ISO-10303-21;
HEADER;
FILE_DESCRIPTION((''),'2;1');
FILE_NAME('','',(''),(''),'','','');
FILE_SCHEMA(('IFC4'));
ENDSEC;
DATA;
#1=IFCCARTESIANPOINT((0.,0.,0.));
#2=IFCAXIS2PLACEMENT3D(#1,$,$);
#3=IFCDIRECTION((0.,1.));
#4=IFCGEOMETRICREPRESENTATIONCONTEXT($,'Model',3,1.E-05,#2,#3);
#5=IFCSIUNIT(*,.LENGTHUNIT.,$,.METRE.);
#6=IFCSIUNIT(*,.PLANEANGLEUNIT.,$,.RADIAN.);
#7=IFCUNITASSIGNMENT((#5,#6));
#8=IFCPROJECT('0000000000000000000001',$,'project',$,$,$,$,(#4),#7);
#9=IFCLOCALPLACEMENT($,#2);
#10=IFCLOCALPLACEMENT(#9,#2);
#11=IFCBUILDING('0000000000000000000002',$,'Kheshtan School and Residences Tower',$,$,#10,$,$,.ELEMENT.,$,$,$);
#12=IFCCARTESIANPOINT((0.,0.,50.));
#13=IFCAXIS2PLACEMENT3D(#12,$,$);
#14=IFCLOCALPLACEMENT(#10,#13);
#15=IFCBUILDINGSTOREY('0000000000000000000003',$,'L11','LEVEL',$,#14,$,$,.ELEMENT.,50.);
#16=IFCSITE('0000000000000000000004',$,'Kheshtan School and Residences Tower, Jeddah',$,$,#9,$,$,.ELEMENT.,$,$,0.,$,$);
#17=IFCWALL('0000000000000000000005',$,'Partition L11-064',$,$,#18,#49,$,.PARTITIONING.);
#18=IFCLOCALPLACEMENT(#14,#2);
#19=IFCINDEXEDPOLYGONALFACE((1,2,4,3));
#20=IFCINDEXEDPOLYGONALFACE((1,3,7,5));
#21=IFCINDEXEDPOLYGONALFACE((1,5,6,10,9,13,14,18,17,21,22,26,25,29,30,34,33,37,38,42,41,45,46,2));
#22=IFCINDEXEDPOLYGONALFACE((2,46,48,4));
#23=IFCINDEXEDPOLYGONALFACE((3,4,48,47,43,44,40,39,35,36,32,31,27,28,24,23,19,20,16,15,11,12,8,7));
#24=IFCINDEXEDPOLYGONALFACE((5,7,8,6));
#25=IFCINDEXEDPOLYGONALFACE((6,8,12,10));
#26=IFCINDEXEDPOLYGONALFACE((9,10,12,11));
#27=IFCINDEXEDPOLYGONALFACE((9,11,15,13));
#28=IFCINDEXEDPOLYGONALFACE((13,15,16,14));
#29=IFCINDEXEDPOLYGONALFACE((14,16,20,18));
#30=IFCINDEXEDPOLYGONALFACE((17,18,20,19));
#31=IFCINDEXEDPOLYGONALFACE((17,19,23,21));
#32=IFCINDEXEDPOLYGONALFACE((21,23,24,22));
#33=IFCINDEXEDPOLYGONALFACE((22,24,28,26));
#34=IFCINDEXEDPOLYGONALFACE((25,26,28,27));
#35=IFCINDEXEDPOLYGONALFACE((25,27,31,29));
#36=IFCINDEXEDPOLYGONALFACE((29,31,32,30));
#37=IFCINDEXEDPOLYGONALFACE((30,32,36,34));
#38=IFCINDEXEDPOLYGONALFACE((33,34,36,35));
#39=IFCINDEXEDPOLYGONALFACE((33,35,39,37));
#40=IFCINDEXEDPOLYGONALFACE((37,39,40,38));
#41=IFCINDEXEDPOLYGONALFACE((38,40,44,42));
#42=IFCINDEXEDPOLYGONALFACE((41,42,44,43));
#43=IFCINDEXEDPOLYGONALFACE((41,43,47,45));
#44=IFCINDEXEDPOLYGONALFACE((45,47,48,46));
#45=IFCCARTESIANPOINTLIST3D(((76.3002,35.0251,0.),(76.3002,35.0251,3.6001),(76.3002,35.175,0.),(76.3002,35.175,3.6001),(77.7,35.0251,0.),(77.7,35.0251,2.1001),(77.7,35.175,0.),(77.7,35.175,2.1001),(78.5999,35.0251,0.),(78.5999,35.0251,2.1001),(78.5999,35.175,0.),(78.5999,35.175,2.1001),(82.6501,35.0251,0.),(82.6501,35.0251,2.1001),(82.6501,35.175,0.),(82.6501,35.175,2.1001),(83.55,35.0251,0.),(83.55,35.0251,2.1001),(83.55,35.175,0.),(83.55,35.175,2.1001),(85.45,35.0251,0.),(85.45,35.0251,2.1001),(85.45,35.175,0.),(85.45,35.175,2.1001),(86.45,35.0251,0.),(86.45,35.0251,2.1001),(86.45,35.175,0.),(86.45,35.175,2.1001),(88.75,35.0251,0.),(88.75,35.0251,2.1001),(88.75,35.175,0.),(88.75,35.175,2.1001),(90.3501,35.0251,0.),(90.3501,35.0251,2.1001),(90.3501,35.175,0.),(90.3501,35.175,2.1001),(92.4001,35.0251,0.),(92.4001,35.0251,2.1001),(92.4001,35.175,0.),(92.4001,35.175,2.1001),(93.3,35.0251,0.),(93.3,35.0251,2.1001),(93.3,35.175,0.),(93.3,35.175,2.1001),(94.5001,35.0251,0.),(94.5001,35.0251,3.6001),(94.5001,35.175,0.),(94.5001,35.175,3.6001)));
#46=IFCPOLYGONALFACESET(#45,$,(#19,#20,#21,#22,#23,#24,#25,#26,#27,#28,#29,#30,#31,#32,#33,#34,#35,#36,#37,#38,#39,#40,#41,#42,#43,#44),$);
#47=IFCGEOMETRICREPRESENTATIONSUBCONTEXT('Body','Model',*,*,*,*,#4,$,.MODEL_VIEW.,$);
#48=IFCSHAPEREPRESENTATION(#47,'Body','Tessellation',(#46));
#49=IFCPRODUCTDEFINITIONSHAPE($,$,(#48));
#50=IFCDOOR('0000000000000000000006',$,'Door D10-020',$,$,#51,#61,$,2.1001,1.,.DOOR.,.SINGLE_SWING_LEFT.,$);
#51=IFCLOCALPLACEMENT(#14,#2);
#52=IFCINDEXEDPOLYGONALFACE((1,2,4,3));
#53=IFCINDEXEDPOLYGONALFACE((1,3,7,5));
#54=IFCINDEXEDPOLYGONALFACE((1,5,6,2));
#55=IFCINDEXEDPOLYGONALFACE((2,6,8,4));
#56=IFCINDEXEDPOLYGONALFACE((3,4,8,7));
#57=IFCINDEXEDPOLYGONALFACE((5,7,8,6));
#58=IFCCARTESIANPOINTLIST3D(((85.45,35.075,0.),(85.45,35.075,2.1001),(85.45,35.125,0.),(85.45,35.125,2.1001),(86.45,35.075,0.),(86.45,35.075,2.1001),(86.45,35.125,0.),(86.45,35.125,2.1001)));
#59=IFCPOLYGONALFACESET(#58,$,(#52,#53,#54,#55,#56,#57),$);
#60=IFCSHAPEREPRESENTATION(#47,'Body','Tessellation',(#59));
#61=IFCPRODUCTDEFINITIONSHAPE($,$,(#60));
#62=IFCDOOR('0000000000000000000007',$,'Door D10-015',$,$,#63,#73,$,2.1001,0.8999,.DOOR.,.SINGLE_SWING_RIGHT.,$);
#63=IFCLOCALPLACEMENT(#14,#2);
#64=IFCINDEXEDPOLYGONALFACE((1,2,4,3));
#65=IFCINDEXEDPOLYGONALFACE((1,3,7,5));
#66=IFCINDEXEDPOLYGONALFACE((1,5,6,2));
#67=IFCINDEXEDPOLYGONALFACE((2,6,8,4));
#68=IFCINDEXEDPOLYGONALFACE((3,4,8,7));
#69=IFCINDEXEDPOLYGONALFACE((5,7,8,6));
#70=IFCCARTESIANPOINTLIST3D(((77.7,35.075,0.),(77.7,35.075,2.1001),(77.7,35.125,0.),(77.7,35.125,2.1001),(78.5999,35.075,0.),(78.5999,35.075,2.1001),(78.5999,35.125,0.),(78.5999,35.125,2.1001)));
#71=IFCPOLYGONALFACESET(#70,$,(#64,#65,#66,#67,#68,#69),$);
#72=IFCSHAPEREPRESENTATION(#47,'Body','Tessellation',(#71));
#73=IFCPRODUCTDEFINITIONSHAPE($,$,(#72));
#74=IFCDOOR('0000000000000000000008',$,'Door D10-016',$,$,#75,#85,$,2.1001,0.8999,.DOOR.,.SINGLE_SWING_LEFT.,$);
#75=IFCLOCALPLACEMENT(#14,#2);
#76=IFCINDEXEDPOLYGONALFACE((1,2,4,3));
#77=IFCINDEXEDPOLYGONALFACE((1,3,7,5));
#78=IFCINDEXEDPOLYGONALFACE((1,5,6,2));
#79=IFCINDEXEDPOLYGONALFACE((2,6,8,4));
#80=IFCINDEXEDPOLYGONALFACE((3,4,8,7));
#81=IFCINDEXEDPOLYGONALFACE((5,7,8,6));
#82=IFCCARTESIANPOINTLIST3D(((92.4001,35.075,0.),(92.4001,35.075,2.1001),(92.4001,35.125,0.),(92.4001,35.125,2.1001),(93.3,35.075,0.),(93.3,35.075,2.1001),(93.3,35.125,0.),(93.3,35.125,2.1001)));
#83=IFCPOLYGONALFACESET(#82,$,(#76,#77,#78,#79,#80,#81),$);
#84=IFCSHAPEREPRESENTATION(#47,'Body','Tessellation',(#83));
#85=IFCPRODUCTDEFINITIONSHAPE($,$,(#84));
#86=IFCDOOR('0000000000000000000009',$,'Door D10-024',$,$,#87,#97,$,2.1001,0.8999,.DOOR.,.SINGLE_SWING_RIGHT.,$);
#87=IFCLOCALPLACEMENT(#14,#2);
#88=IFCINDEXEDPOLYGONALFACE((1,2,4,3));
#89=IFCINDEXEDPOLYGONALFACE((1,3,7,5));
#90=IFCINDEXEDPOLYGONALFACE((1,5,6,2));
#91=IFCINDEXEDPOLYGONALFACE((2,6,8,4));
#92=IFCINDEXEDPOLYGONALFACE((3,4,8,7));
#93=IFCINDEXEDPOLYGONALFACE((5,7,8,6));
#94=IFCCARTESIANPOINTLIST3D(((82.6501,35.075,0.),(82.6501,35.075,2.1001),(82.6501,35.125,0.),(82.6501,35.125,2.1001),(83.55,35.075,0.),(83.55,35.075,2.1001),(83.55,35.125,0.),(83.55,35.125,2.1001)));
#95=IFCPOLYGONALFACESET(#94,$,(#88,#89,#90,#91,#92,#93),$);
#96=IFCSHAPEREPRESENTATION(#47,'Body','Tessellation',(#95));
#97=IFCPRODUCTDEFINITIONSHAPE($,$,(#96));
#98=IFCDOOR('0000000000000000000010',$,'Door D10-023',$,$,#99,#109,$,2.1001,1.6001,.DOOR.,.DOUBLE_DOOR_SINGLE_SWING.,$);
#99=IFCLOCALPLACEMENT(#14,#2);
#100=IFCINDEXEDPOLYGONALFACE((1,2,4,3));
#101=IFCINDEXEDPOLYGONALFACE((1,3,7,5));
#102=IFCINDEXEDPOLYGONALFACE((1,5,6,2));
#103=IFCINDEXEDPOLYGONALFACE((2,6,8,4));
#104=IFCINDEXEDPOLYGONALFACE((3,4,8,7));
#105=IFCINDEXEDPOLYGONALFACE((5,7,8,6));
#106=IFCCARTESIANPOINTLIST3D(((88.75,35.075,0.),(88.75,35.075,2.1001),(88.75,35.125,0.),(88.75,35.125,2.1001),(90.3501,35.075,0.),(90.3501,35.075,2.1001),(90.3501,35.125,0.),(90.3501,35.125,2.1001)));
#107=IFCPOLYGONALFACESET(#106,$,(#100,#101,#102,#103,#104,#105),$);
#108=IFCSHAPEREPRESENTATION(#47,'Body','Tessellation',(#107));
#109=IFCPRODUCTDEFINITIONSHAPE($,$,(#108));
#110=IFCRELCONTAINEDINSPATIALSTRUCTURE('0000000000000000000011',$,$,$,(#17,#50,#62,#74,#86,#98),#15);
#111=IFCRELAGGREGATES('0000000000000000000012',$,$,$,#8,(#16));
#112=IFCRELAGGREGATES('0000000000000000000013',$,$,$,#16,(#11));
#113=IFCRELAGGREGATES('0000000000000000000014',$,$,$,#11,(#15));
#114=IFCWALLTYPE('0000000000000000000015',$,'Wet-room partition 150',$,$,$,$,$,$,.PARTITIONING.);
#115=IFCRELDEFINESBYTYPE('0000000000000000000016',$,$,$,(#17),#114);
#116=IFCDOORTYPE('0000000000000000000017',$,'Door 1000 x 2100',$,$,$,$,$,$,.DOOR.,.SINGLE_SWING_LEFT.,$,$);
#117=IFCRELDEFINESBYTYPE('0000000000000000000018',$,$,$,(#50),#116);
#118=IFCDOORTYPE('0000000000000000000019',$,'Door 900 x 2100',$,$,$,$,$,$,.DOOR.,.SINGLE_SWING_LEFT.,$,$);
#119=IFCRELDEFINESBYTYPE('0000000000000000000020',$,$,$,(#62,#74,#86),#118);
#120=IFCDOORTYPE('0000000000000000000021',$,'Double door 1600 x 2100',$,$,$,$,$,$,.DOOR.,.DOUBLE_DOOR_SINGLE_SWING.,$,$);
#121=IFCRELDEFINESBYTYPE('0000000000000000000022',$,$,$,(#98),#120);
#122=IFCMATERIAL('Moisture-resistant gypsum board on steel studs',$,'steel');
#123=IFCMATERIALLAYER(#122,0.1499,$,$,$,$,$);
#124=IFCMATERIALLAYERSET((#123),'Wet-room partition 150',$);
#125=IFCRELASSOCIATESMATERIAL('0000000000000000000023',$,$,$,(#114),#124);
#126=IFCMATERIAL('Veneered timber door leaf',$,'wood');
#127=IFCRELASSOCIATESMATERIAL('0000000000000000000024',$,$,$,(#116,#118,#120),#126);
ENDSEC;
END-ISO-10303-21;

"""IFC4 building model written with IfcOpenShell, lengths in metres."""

from ifc_helpers import new_model, si_unit, direction, frame, frame_2d, origin, place, context, subcontext, project, spatial, rectangle, extrude, source, transform, mapped, material, layer, layer_set, type_object, element, fill, save


model = new_model("IFC4")

# Units and contexts
model_context = context("Model", 3, precision=1e-05, world=origin(), true_north=direction((0.0, 1.0)))
body_context = subcontext(model_context, "Body", "Model", "MODEL_VIEW")
ifc_project = project(units=[si_unit("LENGTHUNIT", "METRE"), si_unit("PLANEANGLEUNIT", "RADIAN")], contexts=[model_context])

# Site, building, storey
site_placement = place(None, origin())
site = spatial("IfcSite", under=ifc_project, at=site_placement, Name="Kheshtan School and Residences Tower, Jeddah", CompositionType="ELEMENT", RefElevation=0.0)
building_placement = place(site_placement, origin())
building = spatial("IfcBuilding", under=site, at=building_placement, Name="Kheshtan School and Residences Tower", CompositionType="ELEMENT")
storey_placement = place(building_placement, frame((0.0, 0.0, 50.0)))
storey = spatial("IfcBuildingStorey", under=building, at=storey_placement, Name="L11", Description="LEVEL", CompositionType="ELEMENT", Elevation=50.0)

# Wall, openings, doors
ifc_material_1 = material(Name="Moisture-resistant gypsum board on steel studs", Category="steel")
ifc_layer_1 = layer(ifc_material_1, 0.1499)
ifc_layer_set_1 = layer_set([ifc_layer_1], Name="Wet-room partition 150")
wall_type_1 = type_object("IfcWallType", Name="Wet-room partition 150", PredefinedType="PARTITIONING", material=ifc_layer_set_1)
wall_1_placement = place(storey_placement, frame((76.3, 35.1001, 0.0), z_axis=(0.0, 0.0, 1.0), x_axis=(1.0, 0.0, 0.0)))
wall_1 = element("IfcWall", 1, at=wall_1_placement, inside=storey, type_object=wall_type_1, Name="Partition L11-064", PredefinedType="PARTITIONING", context=body_context, shape_type="SweptSolid", body=[
    extrude(rectangle(XDim=18.2, YDim=0.1499, at=frame_2d((9.1001, 0.0))), origin(), (0.0, 0.0, 1.0), 3.6001),
])
opening_1_placement = place(wall_1_placement, frame((1.3999, 0.0, 0.0)))
opening_1 = element("IfcOpeningElement", 2, at=opening_1_placement, cuts=wall_1, PredefinedType="OPENING", context=body_context, shape_type="SweptSolid", body=[
    extrude(rectangle(XDim=0.8999, YDim=2.1001, at=frame_2d((0.45, 1.05))), frame((0.0, 0.085, 0.0), z_axis=(0.0, -1.0, 0.0), x_axis=(1.0, 0.0, 0.0)), (0.0, 0.0, 1.0), 0.1699),
])
opening_2_placement = place(wall_1_placement, frame((16.1001, 0.0, 0.0)))
opening_2 = element("IfcOpeningElement", 3, at=opening_2_placement, cuts=wall_1, PredefinedType="OPENING", context=body_context, shape_type="SweptSolid", body=[
    extrude(rectangle(XDim=0.8999, YDim=2.1001, at=frame_2d((0.45, 1.05))), frame((0.0, 0.085, 0.0), z_axis=(0.0, -1.0, 0.0), x_axis=(1.0, 0.0, 0.0)), (0.0, 0.0, 1.0), 0.1699),
])
opening_3_placement = place(wall_1_placement, frame((9.1499, 0.0, 0.0)))
opening_3 = element("IfcOpeningElement", 4, at=opening_3_placement, cuts=wall_1, PredefinedType="OPENING", context=body_context, shape_type="SweptSolid", body=[
    extrude(rectangle(XDim=1.0, YDim=2.1001, at=frame_2d((0.5, 1.05))), frame((0.0, 0.085, 0.0), z_axis=(0.0, -1.0, 0.0), x_axis=(1.0, 0.0, 0.0)), (0.0, 0.0, 1.0), 0.1699),
])
opening_4_placement = place(wall_1_placement, frame((12.45, 0.0, 0.0)))
opening_4 = element("IfcOpeningElement", 5, at=opening_4_placement, cuts=wall_1, PredefinedType="OPENING", context=body_context, shape_type="SweptSolid", body=[
    extrude(rectangle(XDim=1.6001, YDim=2.1001, at=frame_2d((0.8, 1.05))), frame((0.0, 0.085, 0.0), z_axis=(0.0, -1.0, 0.0), x_axis=(1.0, 0.0, 0.0)), (0.0, 0.0, 1.0), 0.1699),
])
opening_5_placement = place(wall_1_placement, frame((6.3501, 0.0, 0.0)))
opening_5 = element("IfcOpeningElement", 6, at=opening_5_placement, cuts=wall_1, PredefinedType="OPENING", context=body_context, shape_type="SweptSolid", body=[
    extrude(rectangle(XDim=0.8999, YDim=2.1001, at=frame_2d((0.45, 1.05))), frame((0.0, 0.085, 0.0), z_axis=(0.0, -1.0, 0.0), x_axis=(1.0, 0.0, 0.0)), (0.0, 0.0, 1.0), 0.1699),
])
ifc_material_2 = material(Name="Veneered timber door leaf", Category="wood")
door_type_1 = type_object("IfcDoorType", Name="Door 1000 x 2100", OperationType="SINGLE_SWING_LEFT", PredefinedType="DOOR", material=ifc_material_2)
shared_shape_1 = source(origin(), body_context, "Body", "SweptSolid", [
    extrude(rectangle(XDim=1.0, YDim=2.1001, at=frame_2d((0.5, 1.05))), frame((0.0, 0.0249, 0.0), z_axis=(0.0, -1.0, 0.0), x_axis=(1.0, 0.0, 0.0)), (0.0, 0.0, 1.0), 0.05),
])
door_1_placement = place(opening_3_placement, origin())
door_1 = element("IfcDoor", 7, at=door_1_placement, inside=storey, type_object=door_type_1, Name="Door D10-020", OperationType="SINGLE_SWING_LEFT", OverallHeight=2.1001, OverallWidth=1.0, PredefinedType="DOOR", context=body_context, shape_type="MappedRepresentation", body=[
    mapped(shared_shape_1, transform((0.0, 0.0, 0.0), x_axis=(1.0, 0.0, 0.0), y_axis=(0.0, 1.0, 0.0), z_axis=(0.0, 0.0, 1.0), scale=1.0)),
])
fill(opening_3, door_1)
door_type_2 = type_object("IfcDoorType", Name="Door 900 x 2100", OperationType="SINGLE_SWING_LEFT", PredefinedType="DOOR", material=ifc_material_2)
shared_shape_2 = source(origin(), body_context, "Body", "SweptSolid", [
    extrude(rectangle(XDim=0.8999, YDim=2.1001, at=frame_2d((0.45, 1.05))), frame((0.0, 0.0249, 0.0), z_axis=(0.0, -1.0, 0.0), x_axis=(1.0, 0.0, 0.0)), (0.0, 0.0, 1.0), 0.05),
])
door_2_placement = place(opening_1_placement, origin())
door_2 = element("IfcDoor", 8, at=door_2_placement, inside=storey, type_object=door_type_2, Name="Door D10-015", OperationType="SINGLE_SWING_RIGHT", OverallHeight=2.1001, OverallWidth=0.8999, PredefinedType="DOOR", context=body_context, shape_type="MappedRepresentation", body=[
    mapped(shared_shape_2, transform((0.0, 0.0, 0.0), x_axis=(1.0, 0.0, 0.0), y_axis=(0.0, 1.0, 0.0), z_axis=(0.0, 0.0, 1.0), scale=1.0)),
])
fill(opening_1, door_2)
door_3_placement = place(opening_2_placement, origin())
door_3 = element("IfcDoor", 9, at=door_3_placement, inside=storey, type_object=door_type_2, Name="Door D10-016", OperationType="SINGLE_SWING_LEFT", OverallHeight=2.1001, OverallWidth=0.8999, PredefinedType="DOOR", context=body_context, shape_type="MappedRepresentation", body=[
    mapped(shared_shape_2, transform((0.0, 0.0, 0.0), x_axis=(1.0, 0.0, 0.0), y_axis=(0.0, 1.0, 0.0), z_axis=(0.0, 0.0, 1.0), scale=1.0)),
])
fill(opening_2, door_3)
door_4_placement = place(opening_5_placement, origin())
door_4 = element("IfcDoor", 10, at=door_4_placement, inside=storey, type_object=door_type_2, Name="Door D10-024", OperationType="SINGLE_SWING_RIGHT", OverallHeight=2.1001, OverallWidth=0.8999, PredefinedType="DOOR", context=body_context, shape_type="MappedRepresentation", body=[
    mapped(shared_shape_2, transform((0.0, 0.0, 0.0), x_axis=(1.0, 0.0, 0.0), y_axis=(0.0, 1.0, 0.0), z_axis=(0.0, 0.0, 1.0), scale=1.0)),
])
fill(opening_5, door_4)
door_type_3 = type_object("IfcDoorType", Name="Double door 1600 x 2100", OperationType="DOUBLE_DOOR_SINGLE_SWING", PredefinedType="DOOR", material=ifc_material_2)
shared_shape_3 = source(origin(), body_context, "Body", "SweptSolid", [
    extrude(rectangle(XDim=1.6001, YDim=2.1001, at=frame_2d((0.8, 1.05))), frame((0.0, 0.0249, 0.0), z_axis=(0.0, -1.0, 0.0), x_axis=(1.0, 0.0, 0.0)), (0.0, 0.0, 1.0), 0.05),
])
door_5_placement = place(opening_4_placement, origin())
door_5 = element("IfcDoor", 11, at=door_5_placement, inside=storey, type_object=door_type_3, Name="Door D10-023", OperationType="DOUBLE_DOOR_SINGLE_SWING", OverallHeight=2.1001, OverallWidth=1.6001, PredefinedType="DOOR", context=body_context, shape_type="MappedRepresentation", body=[
    mapped(shared_shape_3, transform((0.0, 0.0, 0.0), x_axis=(1.0, 0.0, 0.0), y_axis=(0.0, 1.0, 0.0), z_axis=(0.0, 0.0, 1.0), scale=1.0)),
])
fill(opening_4, door_5)

save(model, "model.ifc")
